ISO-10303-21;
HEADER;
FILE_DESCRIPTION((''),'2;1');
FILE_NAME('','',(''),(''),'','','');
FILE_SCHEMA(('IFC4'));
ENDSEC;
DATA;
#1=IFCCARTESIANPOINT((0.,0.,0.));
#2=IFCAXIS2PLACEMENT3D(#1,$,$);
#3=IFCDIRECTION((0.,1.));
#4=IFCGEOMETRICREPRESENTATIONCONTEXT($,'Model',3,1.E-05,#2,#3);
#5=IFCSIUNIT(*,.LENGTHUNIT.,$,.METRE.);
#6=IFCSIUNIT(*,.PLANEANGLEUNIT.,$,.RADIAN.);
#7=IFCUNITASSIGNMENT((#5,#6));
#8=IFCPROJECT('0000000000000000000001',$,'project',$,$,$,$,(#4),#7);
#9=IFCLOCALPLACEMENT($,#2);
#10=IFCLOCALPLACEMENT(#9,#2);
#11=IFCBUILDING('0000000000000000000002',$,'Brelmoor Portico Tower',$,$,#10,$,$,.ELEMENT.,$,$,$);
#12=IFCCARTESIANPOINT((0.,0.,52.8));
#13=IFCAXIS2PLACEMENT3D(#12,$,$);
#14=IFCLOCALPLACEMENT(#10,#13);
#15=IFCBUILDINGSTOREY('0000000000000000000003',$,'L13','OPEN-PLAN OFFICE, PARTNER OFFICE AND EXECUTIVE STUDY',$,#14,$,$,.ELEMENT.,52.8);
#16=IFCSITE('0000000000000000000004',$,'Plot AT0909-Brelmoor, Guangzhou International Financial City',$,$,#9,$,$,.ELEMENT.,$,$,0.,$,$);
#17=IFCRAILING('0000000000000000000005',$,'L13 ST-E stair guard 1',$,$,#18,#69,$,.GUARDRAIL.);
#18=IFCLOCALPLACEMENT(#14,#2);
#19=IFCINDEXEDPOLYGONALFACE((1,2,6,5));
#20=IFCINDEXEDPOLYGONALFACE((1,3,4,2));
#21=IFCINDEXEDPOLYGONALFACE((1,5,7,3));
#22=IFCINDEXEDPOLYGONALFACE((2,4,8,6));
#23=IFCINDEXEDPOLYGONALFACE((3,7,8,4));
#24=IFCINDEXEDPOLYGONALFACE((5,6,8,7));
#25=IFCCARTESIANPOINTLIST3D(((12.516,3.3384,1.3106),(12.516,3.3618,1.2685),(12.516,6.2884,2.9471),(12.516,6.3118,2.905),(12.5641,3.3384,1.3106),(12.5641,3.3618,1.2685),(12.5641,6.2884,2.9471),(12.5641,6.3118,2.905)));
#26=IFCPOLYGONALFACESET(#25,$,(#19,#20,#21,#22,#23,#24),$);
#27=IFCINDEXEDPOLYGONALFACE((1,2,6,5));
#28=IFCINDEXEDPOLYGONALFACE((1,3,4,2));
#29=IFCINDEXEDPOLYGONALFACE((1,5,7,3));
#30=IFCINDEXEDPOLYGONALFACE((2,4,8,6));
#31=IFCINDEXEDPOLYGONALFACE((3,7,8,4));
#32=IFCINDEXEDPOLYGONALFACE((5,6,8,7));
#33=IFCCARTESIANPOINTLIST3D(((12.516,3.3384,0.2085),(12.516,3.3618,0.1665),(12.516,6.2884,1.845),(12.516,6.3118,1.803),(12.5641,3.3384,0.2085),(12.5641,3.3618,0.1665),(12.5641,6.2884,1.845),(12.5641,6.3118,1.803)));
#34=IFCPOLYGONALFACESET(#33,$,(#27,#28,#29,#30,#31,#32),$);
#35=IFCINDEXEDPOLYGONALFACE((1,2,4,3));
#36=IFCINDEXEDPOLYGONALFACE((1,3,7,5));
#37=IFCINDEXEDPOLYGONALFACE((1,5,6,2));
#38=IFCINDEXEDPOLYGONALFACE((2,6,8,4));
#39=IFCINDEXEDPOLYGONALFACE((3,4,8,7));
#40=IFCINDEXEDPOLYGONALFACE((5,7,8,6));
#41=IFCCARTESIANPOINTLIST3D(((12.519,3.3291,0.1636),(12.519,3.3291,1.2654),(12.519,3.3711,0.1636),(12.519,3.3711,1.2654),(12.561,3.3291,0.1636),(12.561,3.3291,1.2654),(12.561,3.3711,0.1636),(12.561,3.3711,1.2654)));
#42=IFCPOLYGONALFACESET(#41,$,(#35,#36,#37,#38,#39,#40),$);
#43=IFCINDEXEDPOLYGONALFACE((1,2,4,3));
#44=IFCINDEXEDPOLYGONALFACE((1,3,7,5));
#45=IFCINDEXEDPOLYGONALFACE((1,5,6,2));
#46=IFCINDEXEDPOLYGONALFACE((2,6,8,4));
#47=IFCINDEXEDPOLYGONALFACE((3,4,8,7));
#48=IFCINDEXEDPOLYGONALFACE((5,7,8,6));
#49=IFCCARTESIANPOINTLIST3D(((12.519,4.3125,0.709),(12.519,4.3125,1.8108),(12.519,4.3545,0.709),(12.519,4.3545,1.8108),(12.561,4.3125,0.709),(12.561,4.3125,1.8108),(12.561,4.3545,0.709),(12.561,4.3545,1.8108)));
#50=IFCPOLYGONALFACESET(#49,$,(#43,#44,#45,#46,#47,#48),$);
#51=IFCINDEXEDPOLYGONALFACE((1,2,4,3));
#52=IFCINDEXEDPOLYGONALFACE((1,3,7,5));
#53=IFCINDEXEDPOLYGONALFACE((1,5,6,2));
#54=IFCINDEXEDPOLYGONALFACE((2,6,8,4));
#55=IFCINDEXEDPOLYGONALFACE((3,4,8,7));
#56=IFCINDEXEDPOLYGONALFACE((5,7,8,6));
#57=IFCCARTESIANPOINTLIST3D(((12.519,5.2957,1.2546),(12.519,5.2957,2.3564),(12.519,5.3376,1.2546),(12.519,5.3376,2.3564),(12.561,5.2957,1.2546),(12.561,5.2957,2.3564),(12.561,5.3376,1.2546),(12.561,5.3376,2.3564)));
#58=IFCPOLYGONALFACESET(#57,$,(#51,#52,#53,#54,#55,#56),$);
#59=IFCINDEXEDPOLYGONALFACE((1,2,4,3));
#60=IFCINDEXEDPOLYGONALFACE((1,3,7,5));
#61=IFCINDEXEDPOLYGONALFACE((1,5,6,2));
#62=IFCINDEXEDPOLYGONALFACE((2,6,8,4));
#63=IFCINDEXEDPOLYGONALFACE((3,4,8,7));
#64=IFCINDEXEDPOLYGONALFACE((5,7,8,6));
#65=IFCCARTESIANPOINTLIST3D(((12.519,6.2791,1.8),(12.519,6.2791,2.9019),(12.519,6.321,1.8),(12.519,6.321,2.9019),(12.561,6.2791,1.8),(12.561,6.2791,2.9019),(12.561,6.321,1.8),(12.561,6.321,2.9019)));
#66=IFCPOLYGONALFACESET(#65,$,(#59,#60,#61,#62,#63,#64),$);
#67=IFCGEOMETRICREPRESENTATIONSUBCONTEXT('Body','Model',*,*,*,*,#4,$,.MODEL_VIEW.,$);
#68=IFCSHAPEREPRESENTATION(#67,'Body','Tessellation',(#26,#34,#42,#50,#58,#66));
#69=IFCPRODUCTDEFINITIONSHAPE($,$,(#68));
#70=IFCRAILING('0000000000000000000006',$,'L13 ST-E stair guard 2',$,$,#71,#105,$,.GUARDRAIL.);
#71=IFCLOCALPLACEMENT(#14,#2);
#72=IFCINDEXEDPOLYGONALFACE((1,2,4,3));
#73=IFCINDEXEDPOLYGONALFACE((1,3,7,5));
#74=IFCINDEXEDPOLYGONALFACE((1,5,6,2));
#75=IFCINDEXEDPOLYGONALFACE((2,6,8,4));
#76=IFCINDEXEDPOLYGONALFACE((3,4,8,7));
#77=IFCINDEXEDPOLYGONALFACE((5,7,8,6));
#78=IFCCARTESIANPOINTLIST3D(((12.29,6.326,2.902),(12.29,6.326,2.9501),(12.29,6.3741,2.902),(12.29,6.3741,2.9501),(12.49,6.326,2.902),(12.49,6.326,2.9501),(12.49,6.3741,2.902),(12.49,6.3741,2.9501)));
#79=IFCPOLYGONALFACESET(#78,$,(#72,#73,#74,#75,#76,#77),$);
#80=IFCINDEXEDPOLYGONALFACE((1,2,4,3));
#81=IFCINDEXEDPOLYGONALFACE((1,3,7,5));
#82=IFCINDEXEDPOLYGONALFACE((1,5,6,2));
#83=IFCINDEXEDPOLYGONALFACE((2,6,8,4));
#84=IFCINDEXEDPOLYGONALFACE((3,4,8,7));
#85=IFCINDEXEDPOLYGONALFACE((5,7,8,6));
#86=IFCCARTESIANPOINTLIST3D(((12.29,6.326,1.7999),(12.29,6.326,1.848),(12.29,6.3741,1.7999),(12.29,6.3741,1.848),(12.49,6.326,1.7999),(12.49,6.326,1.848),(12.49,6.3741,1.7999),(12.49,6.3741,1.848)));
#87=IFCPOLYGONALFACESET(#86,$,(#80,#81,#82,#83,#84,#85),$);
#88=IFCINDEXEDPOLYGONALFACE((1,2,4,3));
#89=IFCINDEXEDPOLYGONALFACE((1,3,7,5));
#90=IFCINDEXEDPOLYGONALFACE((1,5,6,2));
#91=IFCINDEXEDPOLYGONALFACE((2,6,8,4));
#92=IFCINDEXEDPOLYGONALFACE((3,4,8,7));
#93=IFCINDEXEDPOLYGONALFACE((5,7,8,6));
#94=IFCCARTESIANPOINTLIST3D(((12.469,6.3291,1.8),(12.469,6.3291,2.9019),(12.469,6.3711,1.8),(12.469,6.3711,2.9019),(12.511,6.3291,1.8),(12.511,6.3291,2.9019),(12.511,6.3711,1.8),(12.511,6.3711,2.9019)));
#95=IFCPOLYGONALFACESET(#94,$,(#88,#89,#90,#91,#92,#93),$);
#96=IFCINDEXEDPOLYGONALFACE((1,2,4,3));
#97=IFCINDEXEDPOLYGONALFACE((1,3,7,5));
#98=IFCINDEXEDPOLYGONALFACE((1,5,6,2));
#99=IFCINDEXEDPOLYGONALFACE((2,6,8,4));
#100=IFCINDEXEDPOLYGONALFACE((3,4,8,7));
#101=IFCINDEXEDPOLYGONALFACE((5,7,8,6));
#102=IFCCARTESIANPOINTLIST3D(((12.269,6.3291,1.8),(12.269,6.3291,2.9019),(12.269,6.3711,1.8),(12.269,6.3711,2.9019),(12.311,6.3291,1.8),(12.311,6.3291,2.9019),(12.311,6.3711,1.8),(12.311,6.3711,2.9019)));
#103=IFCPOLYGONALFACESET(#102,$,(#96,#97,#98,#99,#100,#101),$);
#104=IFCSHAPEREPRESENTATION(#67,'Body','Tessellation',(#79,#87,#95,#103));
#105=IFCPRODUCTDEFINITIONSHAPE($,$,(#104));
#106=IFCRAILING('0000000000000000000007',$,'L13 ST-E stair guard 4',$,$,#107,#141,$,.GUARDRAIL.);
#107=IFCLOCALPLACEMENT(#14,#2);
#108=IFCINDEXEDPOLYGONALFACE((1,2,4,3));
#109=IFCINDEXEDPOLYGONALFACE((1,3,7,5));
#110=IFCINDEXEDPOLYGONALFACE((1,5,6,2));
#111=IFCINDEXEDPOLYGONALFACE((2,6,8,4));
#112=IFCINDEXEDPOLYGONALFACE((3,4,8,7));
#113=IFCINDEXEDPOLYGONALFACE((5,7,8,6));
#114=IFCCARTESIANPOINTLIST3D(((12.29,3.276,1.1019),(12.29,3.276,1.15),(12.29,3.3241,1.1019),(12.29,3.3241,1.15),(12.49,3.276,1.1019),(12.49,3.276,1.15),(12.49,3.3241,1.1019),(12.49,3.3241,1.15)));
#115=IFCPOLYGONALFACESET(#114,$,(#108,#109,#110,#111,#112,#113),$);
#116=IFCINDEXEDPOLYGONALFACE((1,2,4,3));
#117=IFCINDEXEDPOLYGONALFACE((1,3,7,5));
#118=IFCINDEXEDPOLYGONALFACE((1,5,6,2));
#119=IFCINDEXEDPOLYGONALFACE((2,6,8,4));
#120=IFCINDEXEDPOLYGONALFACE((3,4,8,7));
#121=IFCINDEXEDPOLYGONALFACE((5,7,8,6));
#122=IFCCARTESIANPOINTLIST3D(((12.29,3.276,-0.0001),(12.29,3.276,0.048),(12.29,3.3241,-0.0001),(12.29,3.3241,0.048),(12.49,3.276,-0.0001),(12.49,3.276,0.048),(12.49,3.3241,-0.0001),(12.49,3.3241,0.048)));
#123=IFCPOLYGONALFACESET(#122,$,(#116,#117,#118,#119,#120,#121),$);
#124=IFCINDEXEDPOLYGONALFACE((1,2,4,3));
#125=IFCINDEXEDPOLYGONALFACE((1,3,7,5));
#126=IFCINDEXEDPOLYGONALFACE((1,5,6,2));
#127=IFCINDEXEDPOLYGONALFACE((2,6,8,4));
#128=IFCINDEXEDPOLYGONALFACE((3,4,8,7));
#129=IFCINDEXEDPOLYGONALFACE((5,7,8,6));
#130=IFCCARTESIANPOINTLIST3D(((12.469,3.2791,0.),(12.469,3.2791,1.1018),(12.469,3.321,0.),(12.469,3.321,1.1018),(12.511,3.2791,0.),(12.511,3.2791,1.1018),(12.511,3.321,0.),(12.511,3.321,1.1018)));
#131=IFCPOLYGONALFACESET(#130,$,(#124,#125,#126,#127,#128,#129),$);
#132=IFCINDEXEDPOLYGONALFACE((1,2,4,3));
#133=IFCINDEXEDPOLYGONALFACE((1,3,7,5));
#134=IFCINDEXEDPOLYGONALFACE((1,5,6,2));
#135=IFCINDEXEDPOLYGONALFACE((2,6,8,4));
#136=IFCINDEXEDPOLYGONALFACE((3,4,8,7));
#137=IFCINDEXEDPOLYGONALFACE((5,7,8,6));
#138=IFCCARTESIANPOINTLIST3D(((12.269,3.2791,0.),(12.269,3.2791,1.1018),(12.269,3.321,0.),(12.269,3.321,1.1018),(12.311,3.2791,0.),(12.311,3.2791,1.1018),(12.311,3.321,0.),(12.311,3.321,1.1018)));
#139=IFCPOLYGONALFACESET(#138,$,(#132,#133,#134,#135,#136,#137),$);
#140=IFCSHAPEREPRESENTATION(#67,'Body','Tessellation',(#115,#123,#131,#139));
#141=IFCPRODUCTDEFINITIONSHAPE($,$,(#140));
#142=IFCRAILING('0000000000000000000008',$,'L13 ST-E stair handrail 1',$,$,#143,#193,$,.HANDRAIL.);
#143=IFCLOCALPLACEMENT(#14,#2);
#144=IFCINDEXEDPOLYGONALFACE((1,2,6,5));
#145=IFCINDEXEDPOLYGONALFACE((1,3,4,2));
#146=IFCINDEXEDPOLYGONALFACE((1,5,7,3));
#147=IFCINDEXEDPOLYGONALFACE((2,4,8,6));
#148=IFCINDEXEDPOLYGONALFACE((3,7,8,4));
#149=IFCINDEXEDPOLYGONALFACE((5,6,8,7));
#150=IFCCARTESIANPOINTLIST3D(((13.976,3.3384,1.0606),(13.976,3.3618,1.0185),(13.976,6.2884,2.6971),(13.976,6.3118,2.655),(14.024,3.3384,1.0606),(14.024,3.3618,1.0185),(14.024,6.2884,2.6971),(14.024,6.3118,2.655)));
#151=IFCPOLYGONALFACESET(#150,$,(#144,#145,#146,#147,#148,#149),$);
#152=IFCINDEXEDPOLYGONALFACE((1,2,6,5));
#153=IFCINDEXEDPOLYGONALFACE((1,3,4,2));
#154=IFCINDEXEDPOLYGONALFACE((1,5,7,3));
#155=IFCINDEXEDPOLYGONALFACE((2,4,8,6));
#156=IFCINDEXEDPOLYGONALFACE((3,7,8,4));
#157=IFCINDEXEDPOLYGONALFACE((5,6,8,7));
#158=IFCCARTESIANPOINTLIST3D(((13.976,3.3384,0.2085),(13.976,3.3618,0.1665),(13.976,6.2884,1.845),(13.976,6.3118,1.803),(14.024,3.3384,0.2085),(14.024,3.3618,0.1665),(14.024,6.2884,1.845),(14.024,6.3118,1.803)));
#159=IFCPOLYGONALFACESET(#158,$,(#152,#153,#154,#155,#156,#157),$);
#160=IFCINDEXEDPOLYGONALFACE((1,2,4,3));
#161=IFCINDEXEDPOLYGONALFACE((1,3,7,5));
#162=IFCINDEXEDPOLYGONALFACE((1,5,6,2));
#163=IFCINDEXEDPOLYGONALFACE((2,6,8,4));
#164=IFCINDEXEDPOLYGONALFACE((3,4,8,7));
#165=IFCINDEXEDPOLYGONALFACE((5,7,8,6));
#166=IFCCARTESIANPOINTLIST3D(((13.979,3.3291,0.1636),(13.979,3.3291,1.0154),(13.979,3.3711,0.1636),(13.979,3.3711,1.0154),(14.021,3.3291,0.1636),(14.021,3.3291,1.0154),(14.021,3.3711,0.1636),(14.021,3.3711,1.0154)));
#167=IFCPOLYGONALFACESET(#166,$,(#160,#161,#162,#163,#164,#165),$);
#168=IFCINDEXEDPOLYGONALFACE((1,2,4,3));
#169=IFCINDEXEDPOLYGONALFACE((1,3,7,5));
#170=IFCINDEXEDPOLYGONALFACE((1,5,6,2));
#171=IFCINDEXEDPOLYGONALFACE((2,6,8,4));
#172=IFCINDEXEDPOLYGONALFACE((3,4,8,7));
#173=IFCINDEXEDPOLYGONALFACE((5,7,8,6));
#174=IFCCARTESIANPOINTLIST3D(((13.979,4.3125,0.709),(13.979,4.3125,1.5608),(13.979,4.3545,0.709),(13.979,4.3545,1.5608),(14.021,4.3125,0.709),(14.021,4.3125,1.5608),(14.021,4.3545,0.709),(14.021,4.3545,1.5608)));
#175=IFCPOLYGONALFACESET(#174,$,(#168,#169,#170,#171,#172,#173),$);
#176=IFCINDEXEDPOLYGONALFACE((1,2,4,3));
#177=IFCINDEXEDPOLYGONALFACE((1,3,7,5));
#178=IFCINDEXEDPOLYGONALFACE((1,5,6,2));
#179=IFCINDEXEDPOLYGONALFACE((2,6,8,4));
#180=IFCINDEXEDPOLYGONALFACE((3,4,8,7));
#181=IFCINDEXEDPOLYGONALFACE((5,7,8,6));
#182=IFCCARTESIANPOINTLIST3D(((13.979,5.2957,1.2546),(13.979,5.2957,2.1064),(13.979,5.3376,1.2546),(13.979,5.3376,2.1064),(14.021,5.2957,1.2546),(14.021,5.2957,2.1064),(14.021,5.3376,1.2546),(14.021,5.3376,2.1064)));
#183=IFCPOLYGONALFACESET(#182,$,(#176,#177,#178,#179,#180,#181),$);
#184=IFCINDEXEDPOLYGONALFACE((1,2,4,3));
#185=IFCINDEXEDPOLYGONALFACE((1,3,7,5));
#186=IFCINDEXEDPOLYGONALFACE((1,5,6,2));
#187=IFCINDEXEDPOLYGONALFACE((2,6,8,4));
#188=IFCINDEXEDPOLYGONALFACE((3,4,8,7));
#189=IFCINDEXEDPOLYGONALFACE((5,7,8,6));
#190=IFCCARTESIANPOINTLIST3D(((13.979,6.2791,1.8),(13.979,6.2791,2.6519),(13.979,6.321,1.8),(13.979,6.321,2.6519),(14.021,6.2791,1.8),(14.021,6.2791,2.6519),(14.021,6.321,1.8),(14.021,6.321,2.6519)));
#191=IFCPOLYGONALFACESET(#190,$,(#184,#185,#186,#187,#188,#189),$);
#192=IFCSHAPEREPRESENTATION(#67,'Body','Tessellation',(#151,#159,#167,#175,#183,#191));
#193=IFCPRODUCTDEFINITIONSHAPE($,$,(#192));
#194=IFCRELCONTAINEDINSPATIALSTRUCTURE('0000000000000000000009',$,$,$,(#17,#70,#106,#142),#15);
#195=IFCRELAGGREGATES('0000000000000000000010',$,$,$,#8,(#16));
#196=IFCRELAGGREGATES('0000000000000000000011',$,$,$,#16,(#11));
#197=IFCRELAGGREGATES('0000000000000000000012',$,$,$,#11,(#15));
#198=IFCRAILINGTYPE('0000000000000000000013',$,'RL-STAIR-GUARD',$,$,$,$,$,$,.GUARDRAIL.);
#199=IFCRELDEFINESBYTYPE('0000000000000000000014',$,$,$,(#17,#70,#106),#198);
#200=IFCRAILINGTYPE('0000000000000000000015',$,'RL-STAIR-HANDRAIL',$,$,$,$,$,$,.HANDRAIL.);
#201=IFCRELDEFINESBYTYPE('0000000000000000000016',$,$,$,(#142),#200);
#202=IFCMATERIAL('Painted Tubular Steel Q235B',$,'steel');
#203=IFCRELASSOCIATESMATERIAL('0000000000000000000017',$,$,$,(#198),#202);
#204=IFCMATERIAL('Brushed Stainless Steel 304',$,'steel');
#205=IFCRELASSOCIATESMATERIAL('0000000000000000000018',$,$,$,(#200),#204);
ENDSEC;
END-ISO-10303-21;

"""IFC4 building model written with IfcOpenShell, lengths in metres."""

from ifc_helpers import new_model, si_unit, direction, frame, origin, origin_2d, place, context, subcontext, project, spatial, rectangle, extrude, material, type_object, element, save


model = new_model("IFC4")

# Units and contexts
model_context = context("Model", 3, precision=1e-05, world=origin(), true_north=direction((0.0, 1.0)))
body_context = subcontext(model_context, "Body", "Model", "MODEL_VIEW")
ifc_project = project(units=[si_unit("LENGTHUNIT", "METRE"), si_unit("PLANEANGLEUNIT", "RADIAN")], contexts=[model_context])

# Site, building, storey
site_placement = place(None, origin())
site = spatial("IfcSite", under=ifc_project, at=site_placement, Name="Plot AT0909-Brelmoor, Guangzhou International Financial City", CompositionType="ELEMENT", RefElevation=0.0)
building_placement = place(site_placement, origin())
building = spatial("IfcBuilding", under=site, at=building_placement, Name="Brelmoor Portico Tower", CompositionType="ELEMENT")
storey_placement = place(building_placement, frame((0.0, 0.0, 52.8)))
storey = spatial("IfcBuildingStorey", under=building, at=storey_placement, Name="L13", Description="OPEN-PLAN OFFICE, PARTNER OFFICE AND EXECUTIVE STUDY", CompositionType="ELEMENT", Elevation=52.8)

# Railings
ifc_material_1 = material(Name="Painted Tubular Steel Q235B", Category="steel")
railing_type_1 = type_object("IfcRailingType", Name="RL-STAIR-GUARD", PredefinedType="GUARDRAIL", material=ifc_material_1)
railing_1_placement = place(storey_placement, frame((12.54, 3.3501, 0.1636)))
element("IfcRailing", 1, at=railing_1_placement, inside=storey, type_object=railing_type_1, Name="L13 ST-E stair guard 1", PredefinedType="GUARDRAIL", context=body_context, shape_type="SweptSolid", body=[
    extrude(rectangle(XDim=0.0481, YDim=0.0481, at=origin_2d()), frame((0.0, 0.0, 1.126), z_axis=(0.0, 0.874458, 0.485102), x_axis=(-1.0, 0.0, 0.0)), (0.0, 0.0, 1.0), 3.3735),
    extrude(rectangle(XDim=0.0481, YDim=0.0481, at=origin_2d()), frame((0.0, 0.0, 0.0239), z_axis=(0.0, 0.874458, 0.485102), x_axis=(-1.0, 0.0, 0.0)), (0.0, 0.0, 1.0), 3.3735),
    extrude(rectangle(XDim=0.042, YDim=0.042, at=origin_2d()), origin(), (0.0, 0.0, 1.0), 1.1018),
    extrude(rectangle(XDim=0.042, YDim=0.042, at=origin_2d()), frame((0.0, 0.9834, 0.5454)), (0.0, 0.0, 1.0), 1.1018),
    extrude(rectangle(XDim=0.042, YDim=0.042, at=origin_2d()), frame((0.0, 1.9666, 1.0911)), (0.0, 0.0, 1.0), 1.1018),
    extrude(rectangle(XDim=0.042, YDim=0.042, at=origin_2d()), frame((0.0, 2.95, 1.6365)), (0.0, 0.0, 1.0), 1.1018),
])
for number, where, name in (
    (2, (12.49, 6.3501, 1.8), "L13 ST-E stair guard 2"),
    (3, (12.49, 3.3, 0.0), "L13 ST-E stair guard 4"),
):
    element("IfcRailing", number, at=place(storey_placement, frame(where)), inside=storey, type_object=railing_type_1, Name=name, PredefinedType="GUARDRAIL", context=body_context, shape_type="SweptSolid", body=[
        extrude(rectangle(XDim=0.0481, YDim=0.0481, at=origin_2d()), frame((0.0, 0.0, 1.126), z_axis=(-1.0, 0.0, 0.0), x_axis=(0.0, -1.0, 0.0)), (0.0, 0.0, 1.0), 0.2),
        extrude(rectangle(XDim=0.0481, YDim=0.0481, at=origin_2d()), frame((0.0, 0.0, 0.0239), z_axis=(-1.0, 0.0, 0.0), x_axis=(0.0, -1.0, 0.0)), (0.0, 0.0, 1.0), 0.2),
        extrude(rectangle(XDim=0.042, YDim=0.042, at=origin_2d()), origin(), (0.0, 0.0, 1.0), 1.1018),
        extrude(rectangle(XDim=0.042, YDim=0.042, at=origin_2d()), frame((-0.2, 0.0, 0.0)), (0.0, 0.0, 1.0), 1.1018),
    ])
ifc_material_2 = material(Name="Brushed Stainless Steel 304", Category="steel")
railing_type_2 = type_object("IfcRailingType", Name="RL-STAIR-HANDRAIL", PredefinedType="HANDRAIL", material=ifc_material_2)
railing_2_placement = place(storey_placement, frame((14.0, 3.3501, 0.1636)))
element("IfcRailing", 4, at=railing_2_placement, inside=storey, type_object=railing_type_2, Name="L13 ST-E stair handrail 1", PredefinedType="HANDRAIL", context=body_context, shape_type="SweptSolid", body=[
    extrude(rectangle(XDim=0.0481, YDim=0.0481, at=origin_2d()), frame((0.0, 0.0, 0.876), z_axis=(0.0, 0.874458, 0.485102), x_axis=(-1.0, 0.0, 0.0)), (0.0, 0.0, 1.0), 3.3735),
    extrude(rectangle(XDim=0.0481, YDim=0.0481, at=origin_2d()), frame((0.0, 0.0, 0.0239), z_axis=(0.0, 0.874458, 0.485102), x_axis=(-1.0, 0.0, 0.0)), (0.0, 0.0, 1.0), 3.3735),
    extrude(rectangle(XDim=0.042, YDim=0.042, at=origin_2d()), origin(), (0.0, 0.0, 1.0), 0.8518),
    extrude(rectangle(XDim=0.042, YDim=0.042, at=origin_2d()), frame((0.0, 0.9834, 0.5454)), (0.0, 0.0, 1.0), 0.8518),
    extrude(rectangle(XDim=0.042, YDim=0.042, at=origin_2d()), frame((0.0, 1.9666, 1.0911)), (0.0, 0.0, 1.0), 0.8518),
    extrude(rectangle(XDim=0.042, YDim=0.042, at=origin_2d()), frame((0.0, 2.95, 1.6365)), (0.0, 0.0, 1.0), 0.8518),
])

save(model, "model.ifc")
